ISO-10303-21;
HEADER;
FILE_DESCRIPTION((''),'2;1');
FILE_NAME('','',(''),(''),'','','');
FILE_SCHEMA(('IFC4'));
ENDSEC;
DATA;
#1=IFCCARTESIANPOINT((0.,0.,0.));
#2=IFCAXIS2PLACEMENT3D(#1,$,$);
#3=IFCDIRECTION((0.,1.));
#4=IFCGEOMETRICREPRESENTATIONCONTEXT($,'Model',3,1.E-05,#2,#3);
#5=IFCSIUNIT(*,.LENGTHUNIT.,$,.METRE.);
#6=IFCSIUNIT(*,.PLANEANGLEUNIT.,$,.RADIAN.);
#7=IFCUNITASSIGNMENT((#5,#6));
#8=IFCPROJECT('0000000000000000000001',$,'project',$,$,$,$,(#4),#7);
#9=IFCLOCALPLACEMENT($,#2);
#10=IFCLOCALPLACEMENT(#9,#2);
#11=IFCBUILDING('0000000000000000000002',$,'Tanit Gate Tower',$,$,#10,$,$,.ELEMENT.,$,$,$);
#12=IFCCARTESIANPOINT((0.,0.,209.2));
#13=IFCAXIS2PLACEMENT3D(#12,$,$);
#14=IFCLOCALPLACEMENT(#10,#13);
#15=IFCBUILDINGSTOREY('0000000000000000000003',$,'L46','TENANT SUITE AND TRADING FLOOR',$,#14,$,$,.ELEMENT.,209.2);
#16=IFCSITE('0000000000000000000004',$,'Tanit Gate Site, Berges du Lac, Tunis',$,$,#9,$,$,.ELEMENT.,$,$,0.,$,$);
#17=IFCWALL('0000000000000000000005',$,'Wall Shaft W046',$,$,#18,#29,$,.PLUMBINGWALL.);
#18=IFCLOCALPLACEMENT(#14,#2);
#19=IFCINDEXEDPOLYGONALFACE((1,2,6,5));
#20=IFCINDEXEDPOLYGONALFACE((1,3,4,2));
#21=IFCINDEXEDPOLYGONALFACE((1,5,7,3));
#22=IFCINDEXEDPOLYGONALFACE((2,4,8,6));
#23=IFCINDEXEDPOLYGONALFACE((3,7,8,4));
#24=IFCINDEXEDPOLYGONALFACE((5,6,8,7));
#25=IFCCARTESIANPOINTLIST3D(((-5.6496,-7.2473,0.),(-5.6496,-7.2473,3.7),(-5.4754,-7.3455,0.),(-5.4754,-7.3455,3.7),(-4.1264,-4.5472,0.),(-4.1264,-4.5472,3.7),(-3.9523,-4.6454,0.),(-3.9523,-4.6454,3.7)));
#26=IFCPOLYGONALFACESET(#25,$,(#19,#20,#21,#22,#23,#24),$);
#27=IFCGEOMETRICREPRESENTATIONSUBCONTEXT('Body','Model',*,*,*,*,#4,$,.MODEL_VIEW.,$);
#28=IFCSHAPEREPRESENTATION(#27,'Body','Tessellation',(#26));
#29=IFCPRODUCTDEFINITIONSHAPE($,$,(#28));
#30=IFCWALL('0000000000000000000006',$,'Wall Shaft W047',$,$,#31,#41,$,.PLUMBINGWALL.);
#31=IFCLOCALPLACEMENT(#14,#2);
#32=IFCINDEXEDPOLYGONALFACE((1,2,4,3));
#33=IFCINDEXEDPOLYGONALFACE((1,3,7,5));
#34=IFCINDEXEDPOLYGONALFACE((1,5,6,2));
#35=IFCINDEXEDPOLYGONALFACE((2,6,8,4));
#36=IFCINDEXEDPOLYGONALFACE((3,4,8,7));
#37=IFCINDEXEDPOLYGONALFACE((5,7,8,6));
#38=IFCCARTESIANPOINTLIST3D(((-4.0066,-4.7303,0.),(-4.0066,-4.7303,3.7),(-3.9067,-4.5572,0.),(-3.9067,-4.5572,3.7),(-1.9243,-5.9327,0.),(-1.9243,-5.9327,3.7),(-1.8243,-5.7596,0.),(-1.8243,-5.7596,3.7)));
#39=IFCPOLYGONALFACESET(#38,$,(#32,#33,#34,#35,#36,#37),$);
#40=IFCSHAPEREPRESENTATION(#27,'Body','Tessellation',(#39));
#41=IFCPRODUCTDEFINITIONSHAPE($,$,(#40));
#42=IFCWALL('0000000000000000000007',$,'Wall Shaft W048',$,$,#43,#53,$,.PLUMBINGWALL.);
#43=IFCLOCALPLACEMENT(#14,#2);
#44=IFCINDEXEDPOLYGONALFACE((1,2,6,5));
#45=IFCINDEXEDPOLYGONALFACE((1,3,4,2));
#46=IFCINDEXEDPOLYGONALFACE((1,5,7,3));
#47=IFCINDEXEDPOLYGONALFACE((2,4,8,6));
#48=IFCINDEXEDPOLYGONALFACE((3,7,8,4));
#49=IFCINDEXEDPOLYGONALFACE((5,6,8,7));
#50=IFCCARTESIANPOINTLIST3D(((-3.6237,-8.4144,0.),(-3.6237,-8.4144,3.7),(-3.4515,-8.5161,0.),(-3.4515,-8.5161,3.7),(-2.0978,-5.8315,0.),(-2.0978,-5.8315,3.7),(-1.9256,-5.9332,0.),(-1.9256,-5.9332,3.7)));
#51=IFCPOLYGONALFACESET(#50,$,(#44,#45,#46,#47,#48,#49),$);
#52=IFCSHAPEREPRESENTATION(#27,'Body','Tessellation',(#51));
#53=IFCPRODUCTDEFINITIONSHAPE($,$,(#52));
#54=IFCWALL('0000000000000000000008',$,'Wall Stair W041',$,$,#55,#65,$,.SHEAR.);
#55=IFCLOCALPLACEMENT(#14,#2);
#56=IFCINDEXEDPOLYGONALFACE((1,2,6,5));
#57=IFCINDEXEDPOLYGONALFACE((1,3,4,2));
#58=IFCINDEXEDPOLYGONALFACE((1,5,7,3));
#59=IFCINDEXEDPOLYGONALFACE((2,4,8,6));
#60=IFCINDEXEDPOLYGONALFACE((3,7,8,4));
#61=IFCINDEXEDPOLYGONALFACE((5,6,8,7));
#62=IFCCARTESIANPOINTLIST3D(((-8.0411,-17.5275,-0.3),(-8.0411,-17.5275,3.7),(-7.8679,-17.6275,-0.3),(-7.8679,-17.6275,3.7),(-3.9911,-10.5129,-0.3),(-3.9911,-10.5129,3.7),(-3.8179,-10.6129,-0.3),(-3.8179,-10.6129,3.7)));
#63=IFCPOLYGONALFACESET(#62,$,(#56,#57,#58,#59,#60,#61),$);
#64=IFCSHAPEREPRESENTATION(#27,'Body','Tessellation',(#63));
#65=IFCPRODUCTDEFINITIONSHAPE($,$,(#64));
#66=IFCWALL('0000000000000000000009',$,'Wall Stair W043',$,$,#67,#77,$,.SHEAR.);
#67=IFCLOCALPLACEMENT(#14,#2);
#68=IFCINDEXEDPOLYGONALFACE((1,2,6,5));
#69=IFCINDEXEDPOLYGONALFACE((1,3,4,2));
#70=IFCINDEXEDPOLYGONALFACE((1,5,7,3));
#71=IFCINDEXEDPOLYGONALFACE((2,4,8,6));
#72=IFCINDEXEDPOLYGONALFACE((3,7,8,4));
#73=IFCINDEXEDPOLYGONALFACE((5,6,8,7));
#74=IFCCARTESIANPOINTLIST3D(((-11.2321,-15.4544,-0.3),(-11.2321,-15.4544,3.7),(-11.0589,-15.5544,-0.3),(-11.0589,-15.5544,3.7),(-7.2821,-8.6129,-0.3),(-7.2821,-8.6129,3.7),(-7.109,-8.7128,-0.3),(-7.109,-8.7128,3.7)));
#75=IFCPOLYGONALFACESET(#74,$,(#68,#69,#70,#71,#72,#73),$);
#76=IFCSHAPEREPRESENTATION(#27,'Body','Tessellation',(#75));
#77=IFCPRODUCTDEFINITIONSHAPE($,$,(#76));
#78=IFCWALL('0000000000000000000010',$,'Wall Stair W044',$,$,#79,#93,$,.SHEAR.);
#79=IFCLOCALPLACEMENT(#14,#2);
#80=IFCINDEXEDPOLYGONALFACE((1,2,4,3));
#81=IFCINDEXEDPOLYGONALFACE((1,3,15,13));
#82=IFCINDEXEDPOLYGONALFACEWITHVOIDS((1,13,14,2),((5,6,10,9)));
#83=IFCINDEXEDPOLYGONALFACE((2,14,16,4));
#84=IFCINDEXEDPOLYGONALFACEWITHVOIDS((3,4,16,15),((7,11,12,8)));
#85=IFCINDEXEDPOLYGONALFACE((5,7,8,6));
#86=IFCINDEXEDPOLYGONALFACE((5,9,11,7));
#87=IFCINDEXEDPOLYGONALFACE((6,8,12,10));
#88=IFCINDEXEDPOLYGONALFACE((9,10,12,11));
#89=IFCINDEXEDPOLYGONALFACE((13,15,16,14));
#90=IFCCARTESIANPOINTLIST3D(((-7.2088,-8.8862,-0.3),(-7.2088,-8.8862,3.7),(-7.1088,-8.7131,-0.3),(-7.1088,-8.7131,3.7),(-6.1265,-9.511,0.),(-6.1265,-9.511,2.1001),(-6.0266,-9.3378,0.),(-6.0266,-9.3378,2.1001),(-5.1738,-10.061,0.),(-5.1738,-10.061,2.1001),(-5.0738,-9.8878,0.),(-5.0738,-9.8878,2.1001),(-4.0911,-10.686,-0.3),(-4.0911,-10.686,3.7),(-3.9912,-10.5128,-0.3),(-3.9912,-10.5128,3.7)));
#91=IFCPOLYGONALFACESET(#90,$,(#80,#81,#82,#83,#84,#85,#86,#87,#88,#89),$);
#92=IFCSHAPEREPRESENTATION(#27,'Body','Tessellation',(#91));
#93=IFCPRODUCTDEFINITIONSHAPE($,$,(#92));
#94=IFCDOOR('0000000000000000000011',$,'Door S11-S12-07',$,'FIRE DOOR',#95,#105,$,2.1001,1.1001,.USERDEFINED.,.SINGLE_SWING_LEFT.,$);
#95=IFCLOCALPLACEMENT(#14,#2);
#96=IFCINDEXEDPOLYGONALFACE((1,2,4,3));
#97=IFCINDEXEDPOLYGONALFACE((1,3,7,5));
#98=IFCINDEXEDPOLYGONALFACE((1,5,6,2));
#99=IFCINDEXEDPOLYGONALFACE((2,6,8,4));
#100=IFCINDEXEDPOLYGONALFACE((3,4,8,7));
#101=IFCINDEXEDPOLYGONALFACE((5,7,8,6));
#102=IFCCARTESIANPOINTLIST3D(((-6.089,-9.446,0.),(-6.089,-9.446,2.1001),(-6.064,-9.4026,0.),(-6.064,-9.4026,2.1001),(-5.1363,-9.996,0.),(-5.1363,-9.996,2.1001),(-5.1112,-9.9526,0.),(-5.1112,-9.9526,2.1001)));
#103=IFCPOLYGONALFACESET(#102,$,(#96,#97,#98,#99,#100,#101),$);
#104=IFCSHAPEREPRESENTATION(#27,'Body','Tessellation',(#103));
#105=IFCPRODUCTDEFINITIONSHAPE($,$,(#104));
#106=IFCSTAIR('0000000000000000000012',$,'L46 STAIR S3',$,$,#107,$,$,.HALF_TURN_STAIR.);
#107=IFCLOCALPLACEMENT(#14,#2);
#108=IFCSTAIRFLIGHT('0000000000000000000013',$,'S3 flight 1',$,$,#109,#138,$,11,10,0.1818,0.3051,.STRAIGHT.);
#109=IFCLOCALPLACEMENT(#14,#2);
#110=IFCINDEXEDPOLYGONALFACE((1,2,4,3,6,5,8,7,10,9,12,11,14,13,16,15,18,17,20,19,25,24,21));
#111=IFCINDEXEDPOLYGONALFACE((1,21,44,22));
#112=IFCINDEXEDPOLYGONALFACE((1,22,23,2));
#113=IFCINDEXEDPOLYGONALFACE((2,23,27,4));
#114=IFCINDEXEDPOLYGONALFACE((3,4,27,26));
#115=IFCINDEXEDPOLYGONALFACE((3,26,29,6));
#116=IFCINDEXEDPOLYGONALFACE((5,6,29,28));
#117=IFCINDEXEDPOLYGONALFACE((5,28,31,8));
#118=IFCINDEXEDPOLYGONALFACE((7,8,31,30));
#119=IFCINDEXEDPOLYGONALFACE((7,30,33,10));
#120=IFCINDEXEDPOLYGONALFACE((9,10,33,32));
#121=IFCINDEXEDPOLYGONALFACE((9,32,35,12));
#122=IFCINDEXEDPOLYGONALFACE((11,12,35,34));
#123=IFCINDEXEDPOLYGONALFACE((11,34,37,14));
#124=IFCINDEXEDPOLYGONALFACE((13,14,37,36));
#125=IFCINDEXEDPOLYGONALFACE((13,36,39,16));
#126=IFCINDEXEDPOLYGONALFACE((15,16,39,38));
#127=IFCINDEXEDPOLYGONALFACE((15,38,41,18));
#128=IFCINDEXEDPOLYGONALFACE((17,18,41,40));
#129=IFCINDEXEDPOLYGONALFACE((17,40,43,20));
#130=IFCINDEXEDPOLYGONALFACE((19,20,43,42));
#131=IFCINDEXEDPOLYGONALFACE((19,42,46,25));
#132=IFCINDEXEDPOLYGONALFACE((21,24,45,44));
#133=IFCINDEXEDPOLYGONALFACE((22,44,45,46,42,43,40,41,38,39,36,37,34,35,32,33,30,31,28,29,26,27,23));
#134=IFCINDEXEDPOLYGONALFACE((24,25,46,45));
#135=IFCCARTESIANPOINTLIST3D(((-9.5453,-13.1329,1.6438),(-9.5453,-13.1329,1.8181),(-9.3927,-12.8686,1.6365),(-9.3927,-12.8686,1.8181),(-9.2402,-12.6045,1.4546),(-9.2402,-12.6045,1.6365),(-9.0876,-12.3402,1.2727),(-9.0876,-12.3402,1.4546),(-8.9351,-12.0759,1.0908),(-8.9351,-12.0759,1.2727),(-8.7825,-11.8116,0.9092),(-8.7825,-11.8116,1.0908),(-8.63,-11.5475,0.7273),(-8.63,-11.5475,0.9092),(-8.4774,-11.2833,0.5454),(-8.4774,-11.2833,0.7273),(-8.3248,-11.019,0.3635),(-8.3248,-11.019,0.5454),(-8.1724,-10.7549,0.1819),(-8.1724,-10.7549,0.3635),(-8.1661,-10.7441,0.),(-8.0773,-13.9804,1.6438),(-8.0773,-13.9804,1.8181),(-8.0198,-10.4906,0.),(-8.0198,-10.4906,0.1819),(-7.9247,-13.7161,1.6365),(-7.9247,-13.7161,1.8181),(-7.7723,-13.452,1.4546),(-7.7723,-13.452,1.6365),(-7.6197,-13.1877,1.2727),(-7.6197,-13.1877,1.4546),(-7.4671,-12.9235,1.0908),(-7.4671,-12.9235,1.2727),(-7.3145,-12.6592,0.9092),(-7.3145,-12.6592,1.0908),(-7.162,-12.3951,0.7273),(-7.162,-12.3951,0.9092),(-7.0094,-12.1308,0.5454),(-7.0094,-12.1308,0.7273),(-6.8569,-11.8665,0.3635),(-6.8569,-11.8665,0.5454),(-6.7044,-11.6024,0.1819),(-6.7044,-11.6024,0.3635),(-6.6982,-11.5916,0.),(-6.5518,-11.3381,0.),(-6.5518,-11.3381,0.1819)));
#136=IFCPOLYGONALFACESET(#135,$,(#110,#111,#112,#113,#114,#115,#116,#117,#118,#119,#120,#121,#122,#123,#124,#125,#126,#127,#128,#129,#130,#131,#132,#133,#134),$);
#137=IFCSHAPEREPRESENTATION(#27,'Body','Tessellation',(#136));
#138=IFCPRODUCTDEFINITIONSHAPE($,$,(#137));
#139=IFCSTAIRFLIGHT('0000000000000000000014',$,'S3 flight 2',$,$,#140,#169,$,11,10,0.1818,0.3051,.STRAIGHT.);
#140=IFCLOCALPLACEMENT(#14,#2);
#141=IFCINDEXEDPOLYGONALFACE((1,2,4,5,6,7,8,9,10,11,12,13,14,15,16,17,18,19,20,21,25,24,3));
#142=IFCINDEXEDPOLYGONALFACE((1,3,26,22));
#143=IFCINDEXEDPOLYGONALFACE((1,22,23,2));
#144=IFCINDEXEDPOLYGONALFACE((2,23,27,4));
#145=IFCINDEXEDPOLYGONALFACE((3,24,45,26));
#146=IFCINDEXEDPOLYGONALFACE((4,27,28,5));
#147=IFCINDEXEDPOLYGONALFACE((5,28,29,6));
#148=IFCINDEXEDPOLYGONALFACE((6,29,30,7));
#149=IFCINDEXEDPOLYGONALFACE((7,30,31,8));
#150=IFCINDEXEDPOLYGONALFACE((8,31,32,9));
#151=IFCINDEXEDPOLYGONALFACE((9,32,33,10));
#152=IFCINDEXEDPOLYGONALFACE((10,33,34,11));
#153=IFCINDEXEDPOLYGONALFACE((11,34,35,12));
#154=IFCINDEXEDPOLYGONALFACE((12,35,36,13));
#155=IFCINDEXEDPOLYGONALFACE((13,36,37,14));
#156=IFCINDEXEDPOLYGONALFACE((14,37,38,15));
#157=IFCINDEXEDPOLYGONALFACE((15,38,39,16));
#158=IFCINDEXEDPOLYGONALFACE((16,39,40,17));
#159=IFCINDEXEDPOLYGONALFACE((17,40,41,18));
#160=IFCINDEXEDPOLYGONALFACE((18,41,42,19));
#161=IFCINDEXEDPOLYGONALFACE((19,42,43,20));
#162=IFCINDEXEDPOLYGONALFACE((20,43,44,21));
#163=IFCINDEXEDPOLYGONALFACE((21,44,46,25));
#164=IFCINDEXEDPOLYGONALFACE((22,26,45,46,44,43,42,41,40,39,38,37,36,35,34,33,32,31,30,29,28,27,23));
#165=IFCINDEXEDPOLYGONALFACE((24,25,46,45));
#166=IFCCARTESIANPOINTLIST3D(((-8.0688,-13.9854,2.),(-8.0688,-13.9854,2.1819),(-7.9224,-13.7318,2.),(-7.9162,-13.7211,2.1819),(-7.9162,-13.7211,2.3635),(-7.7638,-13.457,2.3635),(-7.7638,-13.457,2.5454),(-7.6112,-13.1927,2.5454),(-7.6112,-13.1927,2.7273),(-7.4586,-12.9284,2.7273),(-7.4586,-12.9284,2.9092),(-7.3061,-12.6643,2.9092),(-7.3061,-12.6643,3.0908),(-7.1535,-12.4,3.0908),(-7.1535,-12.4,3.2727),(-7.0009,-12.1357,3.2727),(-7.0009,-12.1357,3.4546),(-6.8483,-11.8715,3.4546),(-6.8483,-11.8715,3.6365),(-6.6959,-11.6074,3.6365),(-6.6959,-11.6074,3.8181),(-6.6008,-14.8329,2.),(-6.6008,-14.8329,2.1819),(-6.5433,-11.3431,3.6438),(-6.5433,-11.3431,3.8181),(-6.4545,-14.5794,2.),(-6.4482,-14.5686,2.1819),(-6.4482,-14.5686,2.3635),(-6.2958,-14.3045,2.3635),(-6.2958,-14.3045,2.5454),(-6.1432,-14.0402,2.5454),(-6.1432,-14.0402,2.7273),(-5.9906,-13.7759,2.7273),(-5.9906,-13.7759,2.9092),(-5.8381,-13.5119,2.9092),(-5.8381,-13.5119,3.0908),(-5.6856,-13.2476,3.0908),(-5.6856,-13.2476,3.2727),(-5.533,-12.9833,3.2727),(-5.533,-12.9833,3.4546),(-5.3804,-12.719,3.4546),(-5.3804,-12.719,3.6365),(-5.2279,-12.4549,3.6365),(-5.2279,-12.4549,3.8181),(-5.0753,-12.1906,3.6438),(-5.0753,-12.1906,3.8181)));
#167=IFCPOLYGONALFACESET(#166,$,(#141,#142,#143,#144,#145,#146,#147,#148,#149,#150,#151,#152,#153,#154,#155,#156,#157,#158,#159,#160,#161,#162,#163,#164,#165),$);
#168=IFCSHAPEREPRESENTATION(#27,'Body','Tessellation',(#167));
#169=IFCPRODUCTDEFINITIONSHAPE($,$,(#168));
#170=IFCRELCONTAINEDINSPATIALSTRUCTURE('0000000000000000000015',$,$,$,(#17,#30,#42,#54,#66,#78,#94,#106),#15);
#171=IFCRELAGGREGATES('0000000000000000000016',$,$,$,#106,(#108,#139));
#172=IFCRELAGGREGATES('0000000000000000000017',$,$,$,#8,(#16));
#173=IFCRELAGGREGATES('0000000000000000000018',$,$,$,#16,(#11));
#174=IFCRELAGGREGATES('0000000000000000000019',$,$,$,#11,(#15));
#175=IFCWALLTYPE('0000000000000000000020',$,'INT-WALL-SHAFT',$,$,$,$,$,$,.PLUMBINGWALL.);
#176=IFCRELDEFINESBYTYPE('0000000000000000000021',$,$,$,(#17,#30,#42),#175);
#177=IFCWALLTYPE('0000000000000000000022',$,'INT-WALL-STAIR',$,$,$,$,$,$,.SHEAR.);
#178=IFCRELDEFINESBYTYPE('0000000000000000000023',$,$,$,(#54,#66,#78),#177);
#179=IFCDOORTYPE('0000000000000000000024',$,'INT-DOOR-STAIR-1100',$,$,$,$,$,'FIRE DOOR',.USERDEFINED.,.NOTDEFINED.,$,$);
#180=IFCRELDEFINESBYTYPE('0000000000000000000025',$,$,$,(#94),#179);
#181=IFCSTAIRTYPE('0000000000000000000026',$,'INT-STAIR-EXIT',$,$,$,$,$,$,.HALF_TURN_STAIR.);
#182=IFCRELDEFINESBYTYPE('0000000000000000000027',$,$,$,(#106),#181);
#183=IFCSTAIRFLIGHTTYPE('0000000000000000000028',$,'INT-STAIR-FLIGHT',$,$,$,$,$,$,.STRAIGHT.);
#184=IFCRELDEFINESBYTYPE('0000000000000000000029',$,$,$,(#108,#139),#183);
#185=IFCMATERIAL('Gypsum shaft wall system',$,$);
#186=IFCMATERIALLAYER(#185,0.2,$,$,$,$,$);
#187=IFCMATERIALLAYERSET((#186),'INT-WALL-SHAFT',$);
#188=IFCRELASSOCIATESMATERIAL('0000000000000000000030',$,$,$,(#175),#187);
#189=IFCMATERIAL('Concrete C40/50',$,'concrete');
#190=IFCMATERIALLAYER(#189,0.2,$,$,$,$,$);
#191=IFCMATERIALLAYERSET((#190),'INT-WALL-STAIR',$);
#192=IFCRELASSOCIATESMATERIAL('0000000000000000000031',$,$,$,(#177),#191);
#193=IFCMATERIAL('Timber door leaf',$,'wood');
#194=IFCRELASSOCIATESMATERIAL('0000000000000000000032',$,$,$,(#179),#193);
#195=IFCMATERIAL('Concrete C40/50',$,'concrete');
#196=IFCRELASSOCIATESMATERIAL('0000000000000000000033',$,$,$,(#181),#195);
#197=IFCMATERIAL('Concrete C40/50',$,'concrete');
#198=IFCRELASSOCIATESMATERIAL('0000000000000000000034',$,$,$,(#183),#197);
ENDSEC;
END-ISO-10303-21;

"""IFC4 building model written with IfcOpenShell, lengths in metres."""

from ifc_helpers import new_model, si_unit, direction, frame, frame_2d, origin, place, context, subcontext, project, spatial, polyline, rectangle, outline, extrude, material, layer, layer_set, type_object, element, fill, aggregate, save


model = new_model("IFC4")

# Units and contexts
model_context = context("Model", 3, precision=1e-05, world=origin(), true_north=direction((0.0, 1.0)))
body_context = subcontext(model_context, "Body", "Model", "MODEL_VIEW")
ifc_project = project(units=[si_unit("LENGTHUNIT", "METRE"), si_unit("PLANEANGLEUNIT", "RADIAN")], contexts=[model_context])

# Site, building, storey
site_placement = place(None, origin())
site = spatial("IfcSite", under=ifc_project, at=site_placement, Name="Tanit Gate Site, Berges du Lac, Tunis", CompositionType="ELEMENT", RefElevation=0.0)
building_placement = place(site_placement, origin())
building = spatial("IfcBuilding", under=site, at=building_placement, Name="Tanit Gate Tower", CompositionType="ELEMENT")
storey_placement = place(building_placement, frame((0.0, 0.0, 209.2)))
storey = spatial("IfcBuildingStorey", under=building, at=storey_placement, Name="L46", Description="TENANT SUITE AND TRADING FLOOR", CompositionType="ELEMENT", Elevation=209.2)

# Shared definitions
ifc_material_1 = material(Name="Gypsum shaft wall system")
ifc_layer_1 = layer(ifc_material_1, 0.2)
ifc_layer_set_1 = layer_set([ifc_layer_1], Name="INT-WALL-SHAFT")
wall_type_1 = type_object("IfcWallType", Name="INT-WALL-SHAFT", PredefinedType="PLUMBINGWALL", material=ifc_layer_set_1)

# Walls
wall_1_placement = place(storey_placement, frame((-5.5625, -7.2964, 0.0), z_axis=(0.0, 0.0, 1.0), x_axis=(0.491323, 0.870978, 0.0)))
element("IfcWall", 1, at=wall_1_placement, inside=storey, type_object=wall_type_1, Name="Wall Shaft W046", PredefinedType="PLUMBINGWALL", context=body_context, shape_type="SweptSolid", body=[
    extrude(rectangle(XDim=3.1001, YDim=0.2, at=frame_2d((1.55, 0.0))), origin(), (0.0, 0.0, 1.0), 3.7),
])
wall_2_placement = place(storey_placement, frame((-3.9565, -4.6438, 0.0), z_axis=(0.0, 0.0, 1.0), x_axis=(0.865991, -0.500059, 0.0)))
element("IfcWall", 2, at=wall_2_placement, inside=storey, type_object=wall_type_1, Name="Wall Shaft W047", PredefinedType="PLUMBINGWALL", context=body_context, shape_type="SweptSolid", body=[
    extrude(rectangle(XDim=2.4045, YDim=0.2, at=frame_2d((1.2021, 0.0))), origin(), (0.0, 0.0, 1.0), 3.7),
])
wall_3_placement = place(storey_placement, frame((-2.0117, -5.8823, 0.0), z_axis=(0.0, 0.0, 1.0), x_axis=(-0.50862, -0.860991, 0.0)))
element("IfcWall", 3, at=wall_3_placement, inside=storey, type_object=wall_type_1, Name="Wall Shaft W048", PredefinedType="PLUMBINGWALL", context=body_context, shape_type="SweptSolid", body=[
    extrude(rectangle(XDim=3.0, YDim=0.2, at=frame_2d((1.5, 0.0))), origin(), (0.0, 0.0, 1.0), 3.7),
])
ifc_material_2 = material(Name="Concrete C40/50", Category="concrete")
ifc_layer_2 = layer(ifc_material_2, 0.2)
ifc_layer_set_2 = layer_set([ifc_layer_2], Name="INT-WALL-STAIR")
wall_type_2 = type_object("IfcWallType", Name="INT-WALL-STAIR", PredefinedType="SHEAR", material=ifc_layer_set_2)
wall_4_placement = place(storey_placement, frame((-3.9045, -10.563, -0.3), z_axis=(0.0, 0.0, 1.0), x_axis=(-0.500013, -0.866018, 0.0)))
element("IfcWall", 4, at=wall_4_placement, inside=storey, type_object=wall_type_2, Name="Wall Stair W041", PredefinedType="SHEAR", context=body_context, shape_type="SweptSolid", body=[
    extrude(rectangle(XDim=8.0999, YDim=0.2, at=frame_2d((4.0498, 0.0))), origin(), (0.0, 0.0, 1.0), 4.0),
])
wall_5_placement = place(storey_placement, frame((-7.1956, -8.6628, -0.3), z_axis=(0.0, 0.0, 1.0), x_axis=(-0.499998, -0.866027, 0.0)))
element("IfcWall", 5, at=wall_5_placement, inside=storey, type_object=wall_type_2, Name="Wall Stair W043", PredefinedType="SHEAR", context=body_context, shape_type="SweptSolid", body=[
    extrude(rectangle(XDim=7.8999, YDim=0.2, at=frame_2d((3.95, 0.0))), origin(), (0.0, 0.0, 1.0), 4.0),
])

# Wall, opening, door
wall_6_placement = place(storey_placement, frame((-4.0413, -10.5994, -0.3), z_axis=(0.0, 0.0, 1.0), x_axis=(-0.866048, 0.499961, 0.0)))
wall_6 = element("IfcWall", 6, at=wall_6_placement, inside=storey, type_object=wall_type_2, Name="Wall Stair W044", PredefinedType="SHEAR", context=body_context, shape_type="SweptSolid", body=[
    extrude(rectangle(XDim=3.5999, YDim=0.2, at=frame_2d((1.7998, 0.0))), origin(), (0.0, 0.0, 1.0), 4.0),
])
opening_1_placement = place(wall_6_placement, frame((1.25, 0.0, 0.3)))
opening_1 = element("IfcOpeningElement", 7, at=opening_1_placement, cuts=wall_6, PredefinedType="OPENING", context=body_context, shape_type="SweptSolid", body=[
    extrude(rectangle(XDim=1.1001, YDim=2.1001, at=frame_2d((0.55, 1.05))), frame((0.0, 0.1099, 0.0), z_axis=(0.0, -1.0, 0.0), x_axis=(1.0, 0.0, 0.0)), (0.0, 0.0, 1.0), 0.22),
])
ifc_material_3 = material(Name="Timber door leaf", Category="wood")
door_type_1 = type_object("IfcDoorType", Name="INT-DOOR-STAIR-1100", ElementType="FIRE DOOR", OperationType="NOTDEFINED", PredefinedType="USERDEFINED", material=ifc_material_3)
door_1_placement = place(opening_1_placement, origin())
door_1 = element("IfcDoor", 8, at=door_1_placement, inside=storey, type_object=door_type_1, Name="Door S11-S12-07", ObjectType="FIRE DOOR", OperationType="SINGLE_SWING_LEFT", OverallHeight=2.1001, OverallWidth=1.1001, PredefinedType="USERDEFINED", context=body_context, shape_type="SweptSolid", body=[
    extrude(rectangle(XDim=1.1001, YDim=2.1001, at=frame_2d((0.55, 1.05))), frame((0.0, 0.0249, 0.0), z_axis=(0.0, -1.0, 0.0), x_axis=(1.0, 0.0, 0.0)), (0.0, 0.0, 1.0), 0.05),
])
fill(opening_1, door_1)

# Stair, stair flights
ifc_material_4 = material(Name="Concrete C40/50", Category="concrete")
stair_type = type_object("IfcStairType", Name="INT-STAIR-EXIT", PredefinedType="HALF_TURN_STAIR", material=ifc_material_4)
stair_placement = place(storey_placement, origin())
stair = element("IfcStair", 9, at=stair_placement, inside=storey, type_object=stair_type, Name="L46 STAIR S3", PredefinedType="HALF_TURN_STAIR")
ifc_material_5 = material(Name="Concrete C40/50", Category="concrete")
stair_flight_type = type_object("IfcStairFlightType", Name="INT-STAIR-FLIGHT", PredefinedType="STRAIGHT", material=ifc_material_5)
stair_flight_1_placement = place(storey_placement, frame((-7.2859, -10.9143, 0.0), z_axis=(0.0, 0.0, 1.0), x_axis=(-0.5, -0.866025, 0.0)))
stair_flight_1 = element("IfcStairFlight", 10, at=stair_flight_1_placement, type_object=stair_flight_type, Name="S3 flight 1", NumberOfRisers=11, NumberOfTreads=10, PredefinedType="STRAIGHT", RiserHeight=0.1818, TreadLength=0.3051, context=body_context, shape_type="SweptSolid", body=[
    extrude(outline(polyline([(0.0, 0.0), (0.0, 0.1819), (0.3052, 0.1819), (0.3052, 0.3635), (0.6101, 0.3635), (0.6101, 0.5454), (0.9153, 0.5454), (0.9153, 0.7273), (1.2205, 0.7273), (1.2205, 0.9092), (1.5254, 0.9092), (1.5254, 1.0908), (1.8306, 1.0908), (1.8306, 1.2727), (2.1357, 1.2727), (2.1357, 1.4546), (2.4409, 1.4546), (2.4409, 1.6365), (2.7458, 1.6365), (2.7458, 1.8181), (3.051, 1.8181), (3.051, 2.0), (3.051, 1.6438), (0.2927, 0.0), (0.0, 0.0)])), frame((0.0, 0.8477, 0.0), z_axis=(0.0, -1.0, 0.0), x_axis=(1.0, 0.0, 0.0)), (0.0, 0.0, 1.0), 1.6951),
])
stair_flight_2_placement = place(storey_placement, frame((-7.3347, -14.4092, 2.0), z_axis=(0.0, 0.0, 1.0), x_axis=(0.5, 0.866025, 0.0)))
stair_flight_2 = element("IfcStairFlight", 11, at=stair_flight_2_placement, type_object=stair_flight_type, Name="S3 flight 2", NumberOfRisers=11, NumberOfTreads=10, PredefinedType="STRAIGHT", RiserHeight=0.1818, TreadLength=0.3051, context=body_context, shape_type="SweptSolid", body=[
    extrude(outline(polyline([(0.0, 0.0), (0.0, 0.1819), (0.3052, 0.1819), (0.3052, 0.3635), (0.6101, 0.3635), (0.6101, 0.5454), (0.9153, 0.5454), (0.9153, 0.7273), (1.2205, 0.7273), (1.2205, 0.9092), (1.5254, 0.9092), (1.5254, 1.0908), (1.8306, 1.0908), (1.8306, 1.2727), (2.1357, 1.2727), (2.1357, 1.4546), (2.4409, 1.4546), (2.4409, 1.6365), (2.7458, 1.6365), (2.7458, 1.8181), (3.051, 1.8181), (3.051, 2.0), (3.051, 1.6438), (0.2927, 0.0), (0.0, 0.0)])), frame((0.0, 0.8477, 0.0), z_axis=(0.0, -1.0, 0.0), x_axis=(1.0, 0.0, 0.0)), (0.0, 0.0, 1.0), 1.6951),
])
aggregate(stair, [stair_flight_1, stair_flight_2])

save(model, "model.ifc")
